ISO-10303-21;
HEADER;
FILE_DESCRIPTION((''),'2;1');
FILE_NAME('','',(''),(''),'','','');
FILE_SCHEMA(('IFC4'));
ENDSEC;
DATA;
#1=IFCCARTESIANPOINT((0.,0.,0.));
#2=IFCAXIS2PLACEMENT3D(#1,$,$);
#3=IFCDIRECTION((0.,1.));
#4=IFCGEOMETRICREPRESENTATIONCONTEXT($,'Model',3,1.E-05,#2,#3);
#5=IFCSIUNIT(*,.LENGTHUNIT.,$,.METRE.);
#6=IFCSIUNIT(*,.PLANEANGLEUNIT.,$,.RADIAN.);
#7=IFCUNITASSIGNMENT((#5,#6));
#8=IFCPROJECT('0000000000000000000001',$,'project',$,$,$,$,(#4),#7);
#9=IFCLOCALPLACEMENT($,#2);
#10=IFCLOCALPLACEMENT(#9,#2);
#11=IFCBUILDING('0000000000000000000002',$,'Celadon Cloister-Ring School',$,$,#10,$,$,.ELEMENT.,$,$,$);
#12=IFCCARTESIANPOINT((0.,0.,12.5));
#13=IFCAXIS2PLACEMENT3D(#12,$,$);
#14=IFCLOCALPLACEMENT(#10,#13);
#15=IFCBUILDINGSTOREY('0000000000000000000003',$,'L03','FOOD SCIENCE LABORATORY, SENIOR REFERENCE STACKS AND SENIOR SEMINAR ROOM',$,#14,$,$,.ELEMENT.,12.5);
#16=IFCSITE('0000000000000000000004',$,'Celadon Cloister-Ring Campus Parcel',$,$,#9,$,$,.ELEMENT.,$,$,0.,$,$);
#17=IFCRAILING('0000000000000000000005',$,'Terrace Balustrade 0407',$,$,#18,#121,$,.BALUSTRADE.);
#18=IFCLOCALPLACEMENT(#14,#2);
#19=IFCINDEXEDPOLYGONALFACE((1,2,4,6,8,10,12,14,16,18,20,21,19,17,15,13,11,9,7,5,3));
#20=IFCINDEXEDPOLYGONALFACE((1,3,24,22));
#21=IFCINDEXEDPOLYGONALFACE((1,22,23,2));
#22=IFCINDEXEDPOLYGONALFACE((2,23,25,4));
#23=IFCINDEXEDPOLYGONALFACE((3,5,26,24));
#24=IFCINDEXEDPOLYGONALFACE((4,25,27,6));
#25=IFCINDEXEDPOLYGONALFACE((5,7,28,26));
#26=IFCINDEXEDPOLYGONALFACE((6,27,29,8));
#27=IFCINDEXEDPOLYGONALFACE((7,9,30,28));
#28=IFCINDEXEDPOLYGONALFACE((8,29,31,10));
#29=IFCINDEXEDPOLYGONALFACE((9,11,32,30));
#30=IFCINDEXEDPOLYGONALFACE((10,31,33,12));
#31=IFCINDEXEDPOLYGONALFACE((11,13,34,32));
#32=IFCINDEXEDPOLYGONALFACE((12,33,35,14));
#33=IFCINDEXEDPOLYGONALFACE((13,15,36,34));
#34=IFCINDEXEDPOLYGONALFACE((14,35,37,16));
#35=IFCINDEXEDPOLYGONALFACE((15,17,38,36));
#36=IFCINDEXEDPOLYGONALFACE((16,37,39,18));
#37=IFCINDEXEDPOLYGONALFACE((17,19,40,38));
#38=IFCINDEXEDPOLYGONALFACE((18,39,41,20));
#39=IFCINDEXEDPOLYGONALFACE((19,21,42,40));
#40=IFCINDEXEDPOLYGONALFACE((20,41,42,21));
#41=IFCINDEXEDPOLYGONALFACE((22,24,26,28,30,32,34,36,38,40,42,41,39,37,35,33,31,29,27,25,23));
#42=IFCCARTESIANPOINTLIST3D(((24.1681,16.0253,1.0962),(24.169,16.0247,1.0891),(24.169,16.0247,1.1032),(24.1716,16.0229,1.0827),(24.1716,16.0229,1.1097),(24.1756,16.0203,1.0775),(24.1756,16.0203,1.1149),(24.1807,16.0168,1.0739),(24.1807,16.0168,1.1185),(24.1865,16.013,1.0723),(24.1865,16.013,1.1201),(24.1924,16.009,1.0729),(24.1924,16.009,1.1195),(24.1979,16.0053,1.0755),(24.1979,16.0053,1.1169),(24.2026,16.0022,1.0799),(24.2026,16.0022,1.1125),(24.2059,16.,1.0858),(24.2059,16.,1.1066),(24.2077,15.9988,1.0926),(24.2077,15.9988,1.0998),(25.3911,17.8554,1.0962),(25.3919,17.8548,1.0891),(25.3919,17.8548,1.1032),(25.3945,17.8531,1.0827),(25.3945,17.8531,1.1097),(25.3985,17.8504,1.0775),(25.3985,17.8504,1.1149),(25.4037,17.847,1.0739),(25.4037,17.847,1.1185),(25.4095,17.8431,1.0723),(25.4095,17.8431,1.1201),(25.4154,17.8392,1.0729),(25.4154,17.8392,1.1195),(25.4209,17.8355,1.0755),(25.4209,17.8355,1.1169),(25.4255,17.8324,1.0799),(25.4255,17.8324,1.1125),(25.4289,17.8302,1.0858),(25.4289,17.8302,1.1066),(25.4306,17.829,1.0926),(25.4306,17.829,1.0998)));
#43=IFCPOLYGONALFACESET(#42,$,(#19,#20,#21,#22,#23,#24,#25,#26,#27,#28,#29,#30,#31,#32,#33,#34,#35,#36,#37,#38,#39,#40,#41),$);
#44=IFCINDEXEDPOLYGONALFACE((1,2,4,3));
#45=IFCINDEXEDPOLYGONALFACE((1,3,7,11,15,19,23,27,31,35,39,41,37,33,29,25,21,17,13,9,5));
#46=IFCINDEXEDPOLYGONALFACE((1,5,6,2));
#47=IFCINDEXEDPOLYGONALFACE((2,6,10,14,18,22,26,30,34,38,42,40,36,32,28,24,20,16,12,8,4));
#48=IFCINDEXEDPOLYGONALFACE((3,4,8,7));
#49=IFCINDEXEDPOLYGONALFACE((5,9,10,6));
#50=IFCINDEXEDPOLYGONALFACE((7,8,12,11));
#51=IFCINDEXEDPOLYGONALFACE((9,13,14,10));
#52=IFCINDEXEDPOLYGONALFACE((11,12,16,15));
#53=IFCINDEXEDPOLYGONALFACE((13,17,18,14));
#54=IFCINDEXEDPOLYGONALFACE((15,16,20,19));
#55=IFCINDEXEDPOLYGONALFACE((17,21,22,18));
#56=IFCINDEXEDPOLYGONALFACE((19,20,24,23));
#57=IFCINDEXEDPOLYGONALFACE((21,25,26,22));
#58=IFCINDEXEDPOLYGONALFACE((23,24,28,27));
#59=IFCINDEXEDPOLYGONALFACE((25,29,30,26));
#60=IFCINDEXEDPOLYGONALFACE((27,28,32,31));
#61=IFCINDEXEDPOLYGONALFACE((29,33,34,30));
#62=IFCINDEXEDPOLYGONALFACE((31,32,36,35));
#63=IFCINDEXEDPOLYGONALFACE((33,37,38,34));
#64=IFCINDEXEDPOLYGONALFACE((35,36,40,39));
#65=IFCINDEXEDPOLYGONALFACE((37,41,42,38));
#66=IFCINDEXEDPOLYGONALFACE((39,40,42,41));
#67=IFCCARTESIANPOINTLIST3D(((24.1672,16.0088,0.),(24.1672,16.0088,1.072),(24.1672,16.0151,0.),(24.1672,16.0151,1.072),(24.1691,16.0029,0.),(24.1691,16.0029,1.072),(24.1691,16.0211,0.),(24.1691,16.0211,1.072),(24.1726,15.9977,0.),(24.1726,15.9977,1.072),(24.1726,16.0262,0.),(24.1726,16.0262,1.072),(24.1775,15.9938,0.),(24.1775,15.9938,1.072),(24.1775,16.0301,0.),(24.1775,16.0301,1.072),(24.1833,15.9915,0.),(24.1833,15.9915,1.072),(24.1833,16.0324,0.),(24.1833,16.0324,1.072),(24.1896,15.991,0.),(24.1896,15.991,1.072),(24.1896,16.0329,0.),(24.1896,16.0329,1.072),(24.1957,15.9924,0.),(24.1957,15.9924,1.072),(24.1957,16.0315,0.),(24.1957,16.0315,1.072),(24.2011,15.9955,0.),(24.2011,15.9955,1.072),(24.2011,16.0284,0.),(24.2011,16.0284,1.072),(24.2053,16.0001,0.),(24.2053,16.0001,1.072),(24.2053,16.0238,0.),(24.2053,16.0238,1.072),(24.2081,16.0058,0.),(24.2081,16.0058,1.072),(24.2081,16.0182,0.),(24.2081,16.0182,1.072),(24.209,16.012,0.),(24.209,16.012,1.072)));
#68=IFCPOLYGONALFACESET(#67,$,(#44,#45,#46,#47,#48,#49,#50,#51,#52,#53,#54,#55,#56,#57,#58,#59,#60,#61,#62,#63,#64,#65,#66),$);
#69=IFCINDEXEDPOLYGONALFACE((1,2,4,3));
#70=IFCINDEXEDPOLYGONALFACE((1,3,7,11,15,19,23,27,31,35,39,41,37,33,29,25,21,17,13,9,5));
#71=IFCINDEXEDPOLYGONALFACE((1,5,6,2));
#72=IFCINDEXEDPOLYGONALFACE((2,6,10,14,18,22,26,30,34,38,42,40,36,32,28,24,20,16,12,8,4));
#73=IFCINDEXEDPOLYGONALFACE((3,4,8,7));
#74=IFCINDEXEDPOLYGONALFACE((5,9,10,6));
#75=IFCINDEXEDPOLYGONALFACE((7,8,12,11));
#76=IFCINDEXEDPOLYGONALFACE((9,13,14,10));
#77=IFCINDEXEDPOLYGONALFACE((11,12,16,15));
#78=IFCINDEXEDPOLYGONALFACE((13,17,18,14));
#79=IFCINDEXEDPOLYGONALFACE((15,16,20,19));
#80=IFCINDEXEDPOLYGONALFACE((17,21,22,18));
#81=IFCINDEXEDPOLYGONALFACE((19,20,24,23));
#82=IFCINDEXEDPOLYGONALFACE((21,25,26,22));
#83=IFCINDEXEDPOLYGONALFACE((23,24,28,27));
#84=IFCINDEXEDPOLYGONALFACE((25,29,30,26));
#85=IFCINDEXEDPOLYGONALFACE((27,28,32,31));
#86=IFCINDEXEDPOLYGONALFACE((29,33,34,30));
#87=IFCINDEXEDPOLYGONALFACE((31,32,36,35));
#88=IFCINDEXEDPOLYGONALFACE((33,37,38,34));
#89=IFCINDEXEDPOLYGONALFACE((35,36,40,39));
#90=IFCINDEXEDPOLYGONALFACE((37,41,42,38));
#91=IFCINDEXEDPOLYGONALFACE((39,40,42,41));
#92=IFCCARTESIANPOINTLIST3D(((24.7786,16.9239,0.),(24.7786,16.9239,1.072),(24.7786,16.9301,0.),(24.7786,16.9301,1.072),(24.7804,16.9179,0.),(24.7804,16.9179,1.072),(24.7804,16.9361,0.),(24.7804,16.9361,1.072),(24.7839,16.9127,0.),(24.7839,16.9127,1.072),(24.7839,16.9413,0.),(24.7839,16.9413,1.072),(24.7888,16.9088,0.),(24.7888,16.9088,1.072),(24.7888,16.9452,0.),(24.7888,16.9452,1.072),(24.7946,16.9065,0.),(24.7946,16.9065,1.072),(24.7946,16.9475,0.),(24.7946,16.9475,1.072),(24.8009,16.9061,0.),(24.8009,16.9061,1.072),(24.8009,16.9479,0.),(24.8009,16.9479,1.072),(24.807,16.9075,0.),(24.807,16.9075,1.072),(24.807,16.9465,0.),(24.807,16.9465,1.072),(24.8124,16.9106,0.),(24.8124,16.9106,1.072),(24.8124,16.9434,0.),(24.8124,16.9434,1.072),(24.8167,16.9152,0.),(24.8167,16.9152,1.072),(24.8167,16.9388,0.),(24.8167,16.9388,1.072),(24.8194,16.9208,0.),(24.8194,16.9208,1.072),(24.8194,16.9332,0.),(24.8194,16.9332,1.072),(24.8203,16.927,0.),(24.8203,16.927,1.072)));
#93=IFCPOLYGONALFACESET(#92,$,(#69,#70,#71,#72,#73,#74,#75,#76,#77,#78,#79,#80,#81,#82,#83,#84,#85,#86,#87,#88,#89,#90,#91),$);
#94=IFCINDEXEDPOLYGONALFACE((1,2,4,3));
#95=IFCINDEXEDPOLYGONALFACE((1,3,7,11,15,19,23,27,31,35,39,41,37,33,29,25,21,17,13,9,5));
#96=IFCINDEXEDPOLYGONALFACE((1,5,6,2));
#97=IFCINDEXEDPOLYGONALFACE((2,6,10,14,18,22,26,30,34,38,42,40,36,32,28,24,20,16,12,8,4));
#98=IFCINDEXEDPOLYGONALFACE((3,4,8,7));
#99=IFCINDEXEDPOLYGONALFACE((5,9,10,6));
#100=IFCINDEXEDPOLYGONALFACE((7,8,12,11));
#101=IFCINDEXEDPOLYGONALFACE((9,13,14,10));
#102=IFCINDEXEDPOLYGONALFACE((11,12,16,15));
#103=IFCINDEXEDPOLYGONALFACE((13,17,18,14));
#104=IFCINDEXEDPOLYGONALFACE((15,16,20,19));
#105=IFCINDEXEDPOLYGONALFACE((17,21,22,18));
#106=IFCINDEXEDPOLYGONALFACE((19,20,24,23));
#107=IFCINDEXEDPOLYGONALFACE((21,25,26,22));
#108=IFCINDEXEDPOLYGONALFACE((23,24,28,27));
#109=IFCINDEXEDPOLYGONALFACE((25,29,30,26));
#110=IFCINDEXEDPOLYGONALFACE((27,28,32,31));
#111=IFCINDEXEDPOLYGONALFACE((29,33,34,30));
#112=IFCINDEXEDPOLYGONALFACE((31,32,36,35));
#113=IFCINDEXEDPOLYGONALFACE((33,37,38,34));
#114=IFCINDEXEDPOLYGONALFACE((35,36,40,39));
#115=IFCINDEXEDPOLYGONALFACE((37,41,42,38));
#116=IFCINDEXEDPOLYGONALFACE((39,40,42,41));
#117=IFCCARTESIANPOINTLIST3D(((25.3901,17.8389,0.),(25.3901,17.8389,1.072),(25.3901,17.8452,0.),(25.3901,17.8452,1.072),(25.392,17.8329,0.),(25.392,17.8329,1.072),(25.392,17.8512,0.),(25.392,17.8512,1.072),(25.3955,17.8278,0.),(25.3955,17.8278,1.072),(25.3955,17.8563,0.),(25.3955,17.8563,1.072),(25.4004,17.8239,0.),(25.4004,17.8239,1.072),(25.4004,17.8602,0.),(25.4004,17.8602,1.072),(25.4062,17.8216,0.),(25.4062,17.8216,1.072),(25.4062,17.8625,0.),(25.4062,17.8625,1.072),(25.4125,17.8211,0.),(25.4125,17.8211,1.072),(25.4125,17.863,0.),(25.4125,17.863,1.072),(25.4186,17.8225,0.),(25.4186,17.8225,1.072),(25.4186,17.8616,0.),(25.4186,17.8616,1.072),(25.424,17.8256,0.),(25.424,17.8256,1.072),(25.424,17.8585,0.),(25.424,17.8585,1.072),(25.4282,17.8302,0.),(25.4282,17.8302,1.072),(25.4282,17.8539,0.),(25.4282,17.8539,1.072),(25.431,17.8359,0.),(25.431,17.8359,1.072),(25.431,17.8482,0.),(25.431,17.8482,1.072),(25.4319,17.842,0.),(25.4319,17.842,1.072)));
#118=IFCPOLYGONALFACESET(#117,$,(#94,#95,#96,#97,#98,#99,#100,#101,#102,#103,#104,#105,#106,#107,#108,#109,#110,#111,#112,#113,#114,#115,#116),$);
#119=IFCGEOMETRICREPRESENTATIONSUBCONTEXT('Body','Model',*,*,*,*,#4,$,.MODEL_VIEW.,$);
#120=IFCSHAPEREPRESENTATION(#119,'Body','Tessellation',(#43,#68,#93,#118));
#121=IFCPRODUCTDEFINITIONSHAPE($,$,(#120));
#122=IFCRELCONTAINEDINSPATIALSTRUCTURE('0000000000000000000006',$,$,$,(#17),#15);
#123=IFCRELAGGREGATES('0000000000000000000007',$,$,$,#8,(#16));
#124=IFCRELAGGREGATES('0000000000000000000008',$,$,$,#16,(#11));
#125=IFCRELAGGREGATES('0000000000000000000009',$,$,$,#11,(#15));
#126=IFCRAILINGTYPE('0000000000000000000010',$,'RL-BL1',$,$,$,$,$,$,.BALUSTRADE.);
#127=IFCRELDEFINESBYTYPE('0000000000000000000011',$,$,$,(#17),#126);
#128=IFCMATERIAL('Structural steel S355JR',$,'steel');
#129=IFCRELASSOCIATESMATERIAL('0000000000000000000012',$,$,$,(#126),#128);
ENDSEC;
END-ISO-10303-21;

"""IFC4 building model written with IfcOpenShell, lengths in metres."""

from ifc_helpers import new_model, si_unit, direction, frame, origin, origin_2d, place, context, subcontext, project, spatial, circle, extrude, material, type_object, element, save


model = new_model("IFC4")

# Units and contexts
model_context = context("Model", 3, precision=1e-05, world=origin(), true_north=direction((0.0, 1.0)))
body_context = subcontext(model_context, "Body", "Model", "MODEL_VIEW")
ifc_project = project(units=[si_unit("LENGTHUNIT", "METRE"), si_unit("PLANEANGLEUNIT", "RADIAN")], contexts=[model_context])

# Site, building, storey
site_placement = place(None, origin())
site = spatial("IfcSite", under=ifc_project, at=site_placement, Name="Celadon Cloister-Ring Campus Parcel", CompositionType="ELEMENT", RefElevation=0.0)
building_placement = place(site_placement, origin())
building = spatial("IfcBuilding", under=site, at=building_placement, Name="Celadon Cloister-Ring School", CompositionType="ELEMENT")
storey_placement = place(building_placement, frame((0.0, 0.0, 12.5)))
storey = spatial("IfcBuildingStorey", under=building, at=storey_placement, Name="L03", Description="FOOD SCIENCE LABORATORY, SENIOR REFERENCE STACKS AND SENIOR SEMINAR ROOM", CompositionType="ELEMENT", Elevation=12.5)

# Railing
ifc_material_1 = material(Name="Structural steel S355JR", Category="steel")
railing_type = type_object("IfcRailingType", Name="RL-BL1", PredefinedType="BALUSTRADE", material=ifc_material_1)
railing_1_placement = place(storey_placement, frame((24.188, 16.012, 0.0)))
element("IfcRailing", 1, at=railing_1_placement, inside=storey, type_object=railing_type, Name="Terrace Balustrade 0407", PredefinedType="BALUSTRADE", context=body_context, shape_type="SweptSolid", body=[
    extrude(circle(Radius=0.0239, at=origin_2d()), frame((0.0, 0.0, 1.0962), z_axis=(0.555596, 0.831453, 0.0), x_axis=(-0.831453, 0.555596, 0.0)), (0.0, 0.0, 1.0), 2.2012),
    extrude(circle(Radius=0.021, at=origin_2d()), origin(), (0.0, 0.0, 1.0), 1.072),
    extrude(circle(Radius=0.021, at=origin_2d()), frame((0.6113, 0.915, 0.0)), (0.0, 0.0, 1.0), 1.072),
    extrude(circle(Radius=0.021, at=origin_2d()), frame((1.2229, 1.8301, 0.0)), (0.0, 0.0, 1.0), 1.072),
])

save(model, "model.ifc")
